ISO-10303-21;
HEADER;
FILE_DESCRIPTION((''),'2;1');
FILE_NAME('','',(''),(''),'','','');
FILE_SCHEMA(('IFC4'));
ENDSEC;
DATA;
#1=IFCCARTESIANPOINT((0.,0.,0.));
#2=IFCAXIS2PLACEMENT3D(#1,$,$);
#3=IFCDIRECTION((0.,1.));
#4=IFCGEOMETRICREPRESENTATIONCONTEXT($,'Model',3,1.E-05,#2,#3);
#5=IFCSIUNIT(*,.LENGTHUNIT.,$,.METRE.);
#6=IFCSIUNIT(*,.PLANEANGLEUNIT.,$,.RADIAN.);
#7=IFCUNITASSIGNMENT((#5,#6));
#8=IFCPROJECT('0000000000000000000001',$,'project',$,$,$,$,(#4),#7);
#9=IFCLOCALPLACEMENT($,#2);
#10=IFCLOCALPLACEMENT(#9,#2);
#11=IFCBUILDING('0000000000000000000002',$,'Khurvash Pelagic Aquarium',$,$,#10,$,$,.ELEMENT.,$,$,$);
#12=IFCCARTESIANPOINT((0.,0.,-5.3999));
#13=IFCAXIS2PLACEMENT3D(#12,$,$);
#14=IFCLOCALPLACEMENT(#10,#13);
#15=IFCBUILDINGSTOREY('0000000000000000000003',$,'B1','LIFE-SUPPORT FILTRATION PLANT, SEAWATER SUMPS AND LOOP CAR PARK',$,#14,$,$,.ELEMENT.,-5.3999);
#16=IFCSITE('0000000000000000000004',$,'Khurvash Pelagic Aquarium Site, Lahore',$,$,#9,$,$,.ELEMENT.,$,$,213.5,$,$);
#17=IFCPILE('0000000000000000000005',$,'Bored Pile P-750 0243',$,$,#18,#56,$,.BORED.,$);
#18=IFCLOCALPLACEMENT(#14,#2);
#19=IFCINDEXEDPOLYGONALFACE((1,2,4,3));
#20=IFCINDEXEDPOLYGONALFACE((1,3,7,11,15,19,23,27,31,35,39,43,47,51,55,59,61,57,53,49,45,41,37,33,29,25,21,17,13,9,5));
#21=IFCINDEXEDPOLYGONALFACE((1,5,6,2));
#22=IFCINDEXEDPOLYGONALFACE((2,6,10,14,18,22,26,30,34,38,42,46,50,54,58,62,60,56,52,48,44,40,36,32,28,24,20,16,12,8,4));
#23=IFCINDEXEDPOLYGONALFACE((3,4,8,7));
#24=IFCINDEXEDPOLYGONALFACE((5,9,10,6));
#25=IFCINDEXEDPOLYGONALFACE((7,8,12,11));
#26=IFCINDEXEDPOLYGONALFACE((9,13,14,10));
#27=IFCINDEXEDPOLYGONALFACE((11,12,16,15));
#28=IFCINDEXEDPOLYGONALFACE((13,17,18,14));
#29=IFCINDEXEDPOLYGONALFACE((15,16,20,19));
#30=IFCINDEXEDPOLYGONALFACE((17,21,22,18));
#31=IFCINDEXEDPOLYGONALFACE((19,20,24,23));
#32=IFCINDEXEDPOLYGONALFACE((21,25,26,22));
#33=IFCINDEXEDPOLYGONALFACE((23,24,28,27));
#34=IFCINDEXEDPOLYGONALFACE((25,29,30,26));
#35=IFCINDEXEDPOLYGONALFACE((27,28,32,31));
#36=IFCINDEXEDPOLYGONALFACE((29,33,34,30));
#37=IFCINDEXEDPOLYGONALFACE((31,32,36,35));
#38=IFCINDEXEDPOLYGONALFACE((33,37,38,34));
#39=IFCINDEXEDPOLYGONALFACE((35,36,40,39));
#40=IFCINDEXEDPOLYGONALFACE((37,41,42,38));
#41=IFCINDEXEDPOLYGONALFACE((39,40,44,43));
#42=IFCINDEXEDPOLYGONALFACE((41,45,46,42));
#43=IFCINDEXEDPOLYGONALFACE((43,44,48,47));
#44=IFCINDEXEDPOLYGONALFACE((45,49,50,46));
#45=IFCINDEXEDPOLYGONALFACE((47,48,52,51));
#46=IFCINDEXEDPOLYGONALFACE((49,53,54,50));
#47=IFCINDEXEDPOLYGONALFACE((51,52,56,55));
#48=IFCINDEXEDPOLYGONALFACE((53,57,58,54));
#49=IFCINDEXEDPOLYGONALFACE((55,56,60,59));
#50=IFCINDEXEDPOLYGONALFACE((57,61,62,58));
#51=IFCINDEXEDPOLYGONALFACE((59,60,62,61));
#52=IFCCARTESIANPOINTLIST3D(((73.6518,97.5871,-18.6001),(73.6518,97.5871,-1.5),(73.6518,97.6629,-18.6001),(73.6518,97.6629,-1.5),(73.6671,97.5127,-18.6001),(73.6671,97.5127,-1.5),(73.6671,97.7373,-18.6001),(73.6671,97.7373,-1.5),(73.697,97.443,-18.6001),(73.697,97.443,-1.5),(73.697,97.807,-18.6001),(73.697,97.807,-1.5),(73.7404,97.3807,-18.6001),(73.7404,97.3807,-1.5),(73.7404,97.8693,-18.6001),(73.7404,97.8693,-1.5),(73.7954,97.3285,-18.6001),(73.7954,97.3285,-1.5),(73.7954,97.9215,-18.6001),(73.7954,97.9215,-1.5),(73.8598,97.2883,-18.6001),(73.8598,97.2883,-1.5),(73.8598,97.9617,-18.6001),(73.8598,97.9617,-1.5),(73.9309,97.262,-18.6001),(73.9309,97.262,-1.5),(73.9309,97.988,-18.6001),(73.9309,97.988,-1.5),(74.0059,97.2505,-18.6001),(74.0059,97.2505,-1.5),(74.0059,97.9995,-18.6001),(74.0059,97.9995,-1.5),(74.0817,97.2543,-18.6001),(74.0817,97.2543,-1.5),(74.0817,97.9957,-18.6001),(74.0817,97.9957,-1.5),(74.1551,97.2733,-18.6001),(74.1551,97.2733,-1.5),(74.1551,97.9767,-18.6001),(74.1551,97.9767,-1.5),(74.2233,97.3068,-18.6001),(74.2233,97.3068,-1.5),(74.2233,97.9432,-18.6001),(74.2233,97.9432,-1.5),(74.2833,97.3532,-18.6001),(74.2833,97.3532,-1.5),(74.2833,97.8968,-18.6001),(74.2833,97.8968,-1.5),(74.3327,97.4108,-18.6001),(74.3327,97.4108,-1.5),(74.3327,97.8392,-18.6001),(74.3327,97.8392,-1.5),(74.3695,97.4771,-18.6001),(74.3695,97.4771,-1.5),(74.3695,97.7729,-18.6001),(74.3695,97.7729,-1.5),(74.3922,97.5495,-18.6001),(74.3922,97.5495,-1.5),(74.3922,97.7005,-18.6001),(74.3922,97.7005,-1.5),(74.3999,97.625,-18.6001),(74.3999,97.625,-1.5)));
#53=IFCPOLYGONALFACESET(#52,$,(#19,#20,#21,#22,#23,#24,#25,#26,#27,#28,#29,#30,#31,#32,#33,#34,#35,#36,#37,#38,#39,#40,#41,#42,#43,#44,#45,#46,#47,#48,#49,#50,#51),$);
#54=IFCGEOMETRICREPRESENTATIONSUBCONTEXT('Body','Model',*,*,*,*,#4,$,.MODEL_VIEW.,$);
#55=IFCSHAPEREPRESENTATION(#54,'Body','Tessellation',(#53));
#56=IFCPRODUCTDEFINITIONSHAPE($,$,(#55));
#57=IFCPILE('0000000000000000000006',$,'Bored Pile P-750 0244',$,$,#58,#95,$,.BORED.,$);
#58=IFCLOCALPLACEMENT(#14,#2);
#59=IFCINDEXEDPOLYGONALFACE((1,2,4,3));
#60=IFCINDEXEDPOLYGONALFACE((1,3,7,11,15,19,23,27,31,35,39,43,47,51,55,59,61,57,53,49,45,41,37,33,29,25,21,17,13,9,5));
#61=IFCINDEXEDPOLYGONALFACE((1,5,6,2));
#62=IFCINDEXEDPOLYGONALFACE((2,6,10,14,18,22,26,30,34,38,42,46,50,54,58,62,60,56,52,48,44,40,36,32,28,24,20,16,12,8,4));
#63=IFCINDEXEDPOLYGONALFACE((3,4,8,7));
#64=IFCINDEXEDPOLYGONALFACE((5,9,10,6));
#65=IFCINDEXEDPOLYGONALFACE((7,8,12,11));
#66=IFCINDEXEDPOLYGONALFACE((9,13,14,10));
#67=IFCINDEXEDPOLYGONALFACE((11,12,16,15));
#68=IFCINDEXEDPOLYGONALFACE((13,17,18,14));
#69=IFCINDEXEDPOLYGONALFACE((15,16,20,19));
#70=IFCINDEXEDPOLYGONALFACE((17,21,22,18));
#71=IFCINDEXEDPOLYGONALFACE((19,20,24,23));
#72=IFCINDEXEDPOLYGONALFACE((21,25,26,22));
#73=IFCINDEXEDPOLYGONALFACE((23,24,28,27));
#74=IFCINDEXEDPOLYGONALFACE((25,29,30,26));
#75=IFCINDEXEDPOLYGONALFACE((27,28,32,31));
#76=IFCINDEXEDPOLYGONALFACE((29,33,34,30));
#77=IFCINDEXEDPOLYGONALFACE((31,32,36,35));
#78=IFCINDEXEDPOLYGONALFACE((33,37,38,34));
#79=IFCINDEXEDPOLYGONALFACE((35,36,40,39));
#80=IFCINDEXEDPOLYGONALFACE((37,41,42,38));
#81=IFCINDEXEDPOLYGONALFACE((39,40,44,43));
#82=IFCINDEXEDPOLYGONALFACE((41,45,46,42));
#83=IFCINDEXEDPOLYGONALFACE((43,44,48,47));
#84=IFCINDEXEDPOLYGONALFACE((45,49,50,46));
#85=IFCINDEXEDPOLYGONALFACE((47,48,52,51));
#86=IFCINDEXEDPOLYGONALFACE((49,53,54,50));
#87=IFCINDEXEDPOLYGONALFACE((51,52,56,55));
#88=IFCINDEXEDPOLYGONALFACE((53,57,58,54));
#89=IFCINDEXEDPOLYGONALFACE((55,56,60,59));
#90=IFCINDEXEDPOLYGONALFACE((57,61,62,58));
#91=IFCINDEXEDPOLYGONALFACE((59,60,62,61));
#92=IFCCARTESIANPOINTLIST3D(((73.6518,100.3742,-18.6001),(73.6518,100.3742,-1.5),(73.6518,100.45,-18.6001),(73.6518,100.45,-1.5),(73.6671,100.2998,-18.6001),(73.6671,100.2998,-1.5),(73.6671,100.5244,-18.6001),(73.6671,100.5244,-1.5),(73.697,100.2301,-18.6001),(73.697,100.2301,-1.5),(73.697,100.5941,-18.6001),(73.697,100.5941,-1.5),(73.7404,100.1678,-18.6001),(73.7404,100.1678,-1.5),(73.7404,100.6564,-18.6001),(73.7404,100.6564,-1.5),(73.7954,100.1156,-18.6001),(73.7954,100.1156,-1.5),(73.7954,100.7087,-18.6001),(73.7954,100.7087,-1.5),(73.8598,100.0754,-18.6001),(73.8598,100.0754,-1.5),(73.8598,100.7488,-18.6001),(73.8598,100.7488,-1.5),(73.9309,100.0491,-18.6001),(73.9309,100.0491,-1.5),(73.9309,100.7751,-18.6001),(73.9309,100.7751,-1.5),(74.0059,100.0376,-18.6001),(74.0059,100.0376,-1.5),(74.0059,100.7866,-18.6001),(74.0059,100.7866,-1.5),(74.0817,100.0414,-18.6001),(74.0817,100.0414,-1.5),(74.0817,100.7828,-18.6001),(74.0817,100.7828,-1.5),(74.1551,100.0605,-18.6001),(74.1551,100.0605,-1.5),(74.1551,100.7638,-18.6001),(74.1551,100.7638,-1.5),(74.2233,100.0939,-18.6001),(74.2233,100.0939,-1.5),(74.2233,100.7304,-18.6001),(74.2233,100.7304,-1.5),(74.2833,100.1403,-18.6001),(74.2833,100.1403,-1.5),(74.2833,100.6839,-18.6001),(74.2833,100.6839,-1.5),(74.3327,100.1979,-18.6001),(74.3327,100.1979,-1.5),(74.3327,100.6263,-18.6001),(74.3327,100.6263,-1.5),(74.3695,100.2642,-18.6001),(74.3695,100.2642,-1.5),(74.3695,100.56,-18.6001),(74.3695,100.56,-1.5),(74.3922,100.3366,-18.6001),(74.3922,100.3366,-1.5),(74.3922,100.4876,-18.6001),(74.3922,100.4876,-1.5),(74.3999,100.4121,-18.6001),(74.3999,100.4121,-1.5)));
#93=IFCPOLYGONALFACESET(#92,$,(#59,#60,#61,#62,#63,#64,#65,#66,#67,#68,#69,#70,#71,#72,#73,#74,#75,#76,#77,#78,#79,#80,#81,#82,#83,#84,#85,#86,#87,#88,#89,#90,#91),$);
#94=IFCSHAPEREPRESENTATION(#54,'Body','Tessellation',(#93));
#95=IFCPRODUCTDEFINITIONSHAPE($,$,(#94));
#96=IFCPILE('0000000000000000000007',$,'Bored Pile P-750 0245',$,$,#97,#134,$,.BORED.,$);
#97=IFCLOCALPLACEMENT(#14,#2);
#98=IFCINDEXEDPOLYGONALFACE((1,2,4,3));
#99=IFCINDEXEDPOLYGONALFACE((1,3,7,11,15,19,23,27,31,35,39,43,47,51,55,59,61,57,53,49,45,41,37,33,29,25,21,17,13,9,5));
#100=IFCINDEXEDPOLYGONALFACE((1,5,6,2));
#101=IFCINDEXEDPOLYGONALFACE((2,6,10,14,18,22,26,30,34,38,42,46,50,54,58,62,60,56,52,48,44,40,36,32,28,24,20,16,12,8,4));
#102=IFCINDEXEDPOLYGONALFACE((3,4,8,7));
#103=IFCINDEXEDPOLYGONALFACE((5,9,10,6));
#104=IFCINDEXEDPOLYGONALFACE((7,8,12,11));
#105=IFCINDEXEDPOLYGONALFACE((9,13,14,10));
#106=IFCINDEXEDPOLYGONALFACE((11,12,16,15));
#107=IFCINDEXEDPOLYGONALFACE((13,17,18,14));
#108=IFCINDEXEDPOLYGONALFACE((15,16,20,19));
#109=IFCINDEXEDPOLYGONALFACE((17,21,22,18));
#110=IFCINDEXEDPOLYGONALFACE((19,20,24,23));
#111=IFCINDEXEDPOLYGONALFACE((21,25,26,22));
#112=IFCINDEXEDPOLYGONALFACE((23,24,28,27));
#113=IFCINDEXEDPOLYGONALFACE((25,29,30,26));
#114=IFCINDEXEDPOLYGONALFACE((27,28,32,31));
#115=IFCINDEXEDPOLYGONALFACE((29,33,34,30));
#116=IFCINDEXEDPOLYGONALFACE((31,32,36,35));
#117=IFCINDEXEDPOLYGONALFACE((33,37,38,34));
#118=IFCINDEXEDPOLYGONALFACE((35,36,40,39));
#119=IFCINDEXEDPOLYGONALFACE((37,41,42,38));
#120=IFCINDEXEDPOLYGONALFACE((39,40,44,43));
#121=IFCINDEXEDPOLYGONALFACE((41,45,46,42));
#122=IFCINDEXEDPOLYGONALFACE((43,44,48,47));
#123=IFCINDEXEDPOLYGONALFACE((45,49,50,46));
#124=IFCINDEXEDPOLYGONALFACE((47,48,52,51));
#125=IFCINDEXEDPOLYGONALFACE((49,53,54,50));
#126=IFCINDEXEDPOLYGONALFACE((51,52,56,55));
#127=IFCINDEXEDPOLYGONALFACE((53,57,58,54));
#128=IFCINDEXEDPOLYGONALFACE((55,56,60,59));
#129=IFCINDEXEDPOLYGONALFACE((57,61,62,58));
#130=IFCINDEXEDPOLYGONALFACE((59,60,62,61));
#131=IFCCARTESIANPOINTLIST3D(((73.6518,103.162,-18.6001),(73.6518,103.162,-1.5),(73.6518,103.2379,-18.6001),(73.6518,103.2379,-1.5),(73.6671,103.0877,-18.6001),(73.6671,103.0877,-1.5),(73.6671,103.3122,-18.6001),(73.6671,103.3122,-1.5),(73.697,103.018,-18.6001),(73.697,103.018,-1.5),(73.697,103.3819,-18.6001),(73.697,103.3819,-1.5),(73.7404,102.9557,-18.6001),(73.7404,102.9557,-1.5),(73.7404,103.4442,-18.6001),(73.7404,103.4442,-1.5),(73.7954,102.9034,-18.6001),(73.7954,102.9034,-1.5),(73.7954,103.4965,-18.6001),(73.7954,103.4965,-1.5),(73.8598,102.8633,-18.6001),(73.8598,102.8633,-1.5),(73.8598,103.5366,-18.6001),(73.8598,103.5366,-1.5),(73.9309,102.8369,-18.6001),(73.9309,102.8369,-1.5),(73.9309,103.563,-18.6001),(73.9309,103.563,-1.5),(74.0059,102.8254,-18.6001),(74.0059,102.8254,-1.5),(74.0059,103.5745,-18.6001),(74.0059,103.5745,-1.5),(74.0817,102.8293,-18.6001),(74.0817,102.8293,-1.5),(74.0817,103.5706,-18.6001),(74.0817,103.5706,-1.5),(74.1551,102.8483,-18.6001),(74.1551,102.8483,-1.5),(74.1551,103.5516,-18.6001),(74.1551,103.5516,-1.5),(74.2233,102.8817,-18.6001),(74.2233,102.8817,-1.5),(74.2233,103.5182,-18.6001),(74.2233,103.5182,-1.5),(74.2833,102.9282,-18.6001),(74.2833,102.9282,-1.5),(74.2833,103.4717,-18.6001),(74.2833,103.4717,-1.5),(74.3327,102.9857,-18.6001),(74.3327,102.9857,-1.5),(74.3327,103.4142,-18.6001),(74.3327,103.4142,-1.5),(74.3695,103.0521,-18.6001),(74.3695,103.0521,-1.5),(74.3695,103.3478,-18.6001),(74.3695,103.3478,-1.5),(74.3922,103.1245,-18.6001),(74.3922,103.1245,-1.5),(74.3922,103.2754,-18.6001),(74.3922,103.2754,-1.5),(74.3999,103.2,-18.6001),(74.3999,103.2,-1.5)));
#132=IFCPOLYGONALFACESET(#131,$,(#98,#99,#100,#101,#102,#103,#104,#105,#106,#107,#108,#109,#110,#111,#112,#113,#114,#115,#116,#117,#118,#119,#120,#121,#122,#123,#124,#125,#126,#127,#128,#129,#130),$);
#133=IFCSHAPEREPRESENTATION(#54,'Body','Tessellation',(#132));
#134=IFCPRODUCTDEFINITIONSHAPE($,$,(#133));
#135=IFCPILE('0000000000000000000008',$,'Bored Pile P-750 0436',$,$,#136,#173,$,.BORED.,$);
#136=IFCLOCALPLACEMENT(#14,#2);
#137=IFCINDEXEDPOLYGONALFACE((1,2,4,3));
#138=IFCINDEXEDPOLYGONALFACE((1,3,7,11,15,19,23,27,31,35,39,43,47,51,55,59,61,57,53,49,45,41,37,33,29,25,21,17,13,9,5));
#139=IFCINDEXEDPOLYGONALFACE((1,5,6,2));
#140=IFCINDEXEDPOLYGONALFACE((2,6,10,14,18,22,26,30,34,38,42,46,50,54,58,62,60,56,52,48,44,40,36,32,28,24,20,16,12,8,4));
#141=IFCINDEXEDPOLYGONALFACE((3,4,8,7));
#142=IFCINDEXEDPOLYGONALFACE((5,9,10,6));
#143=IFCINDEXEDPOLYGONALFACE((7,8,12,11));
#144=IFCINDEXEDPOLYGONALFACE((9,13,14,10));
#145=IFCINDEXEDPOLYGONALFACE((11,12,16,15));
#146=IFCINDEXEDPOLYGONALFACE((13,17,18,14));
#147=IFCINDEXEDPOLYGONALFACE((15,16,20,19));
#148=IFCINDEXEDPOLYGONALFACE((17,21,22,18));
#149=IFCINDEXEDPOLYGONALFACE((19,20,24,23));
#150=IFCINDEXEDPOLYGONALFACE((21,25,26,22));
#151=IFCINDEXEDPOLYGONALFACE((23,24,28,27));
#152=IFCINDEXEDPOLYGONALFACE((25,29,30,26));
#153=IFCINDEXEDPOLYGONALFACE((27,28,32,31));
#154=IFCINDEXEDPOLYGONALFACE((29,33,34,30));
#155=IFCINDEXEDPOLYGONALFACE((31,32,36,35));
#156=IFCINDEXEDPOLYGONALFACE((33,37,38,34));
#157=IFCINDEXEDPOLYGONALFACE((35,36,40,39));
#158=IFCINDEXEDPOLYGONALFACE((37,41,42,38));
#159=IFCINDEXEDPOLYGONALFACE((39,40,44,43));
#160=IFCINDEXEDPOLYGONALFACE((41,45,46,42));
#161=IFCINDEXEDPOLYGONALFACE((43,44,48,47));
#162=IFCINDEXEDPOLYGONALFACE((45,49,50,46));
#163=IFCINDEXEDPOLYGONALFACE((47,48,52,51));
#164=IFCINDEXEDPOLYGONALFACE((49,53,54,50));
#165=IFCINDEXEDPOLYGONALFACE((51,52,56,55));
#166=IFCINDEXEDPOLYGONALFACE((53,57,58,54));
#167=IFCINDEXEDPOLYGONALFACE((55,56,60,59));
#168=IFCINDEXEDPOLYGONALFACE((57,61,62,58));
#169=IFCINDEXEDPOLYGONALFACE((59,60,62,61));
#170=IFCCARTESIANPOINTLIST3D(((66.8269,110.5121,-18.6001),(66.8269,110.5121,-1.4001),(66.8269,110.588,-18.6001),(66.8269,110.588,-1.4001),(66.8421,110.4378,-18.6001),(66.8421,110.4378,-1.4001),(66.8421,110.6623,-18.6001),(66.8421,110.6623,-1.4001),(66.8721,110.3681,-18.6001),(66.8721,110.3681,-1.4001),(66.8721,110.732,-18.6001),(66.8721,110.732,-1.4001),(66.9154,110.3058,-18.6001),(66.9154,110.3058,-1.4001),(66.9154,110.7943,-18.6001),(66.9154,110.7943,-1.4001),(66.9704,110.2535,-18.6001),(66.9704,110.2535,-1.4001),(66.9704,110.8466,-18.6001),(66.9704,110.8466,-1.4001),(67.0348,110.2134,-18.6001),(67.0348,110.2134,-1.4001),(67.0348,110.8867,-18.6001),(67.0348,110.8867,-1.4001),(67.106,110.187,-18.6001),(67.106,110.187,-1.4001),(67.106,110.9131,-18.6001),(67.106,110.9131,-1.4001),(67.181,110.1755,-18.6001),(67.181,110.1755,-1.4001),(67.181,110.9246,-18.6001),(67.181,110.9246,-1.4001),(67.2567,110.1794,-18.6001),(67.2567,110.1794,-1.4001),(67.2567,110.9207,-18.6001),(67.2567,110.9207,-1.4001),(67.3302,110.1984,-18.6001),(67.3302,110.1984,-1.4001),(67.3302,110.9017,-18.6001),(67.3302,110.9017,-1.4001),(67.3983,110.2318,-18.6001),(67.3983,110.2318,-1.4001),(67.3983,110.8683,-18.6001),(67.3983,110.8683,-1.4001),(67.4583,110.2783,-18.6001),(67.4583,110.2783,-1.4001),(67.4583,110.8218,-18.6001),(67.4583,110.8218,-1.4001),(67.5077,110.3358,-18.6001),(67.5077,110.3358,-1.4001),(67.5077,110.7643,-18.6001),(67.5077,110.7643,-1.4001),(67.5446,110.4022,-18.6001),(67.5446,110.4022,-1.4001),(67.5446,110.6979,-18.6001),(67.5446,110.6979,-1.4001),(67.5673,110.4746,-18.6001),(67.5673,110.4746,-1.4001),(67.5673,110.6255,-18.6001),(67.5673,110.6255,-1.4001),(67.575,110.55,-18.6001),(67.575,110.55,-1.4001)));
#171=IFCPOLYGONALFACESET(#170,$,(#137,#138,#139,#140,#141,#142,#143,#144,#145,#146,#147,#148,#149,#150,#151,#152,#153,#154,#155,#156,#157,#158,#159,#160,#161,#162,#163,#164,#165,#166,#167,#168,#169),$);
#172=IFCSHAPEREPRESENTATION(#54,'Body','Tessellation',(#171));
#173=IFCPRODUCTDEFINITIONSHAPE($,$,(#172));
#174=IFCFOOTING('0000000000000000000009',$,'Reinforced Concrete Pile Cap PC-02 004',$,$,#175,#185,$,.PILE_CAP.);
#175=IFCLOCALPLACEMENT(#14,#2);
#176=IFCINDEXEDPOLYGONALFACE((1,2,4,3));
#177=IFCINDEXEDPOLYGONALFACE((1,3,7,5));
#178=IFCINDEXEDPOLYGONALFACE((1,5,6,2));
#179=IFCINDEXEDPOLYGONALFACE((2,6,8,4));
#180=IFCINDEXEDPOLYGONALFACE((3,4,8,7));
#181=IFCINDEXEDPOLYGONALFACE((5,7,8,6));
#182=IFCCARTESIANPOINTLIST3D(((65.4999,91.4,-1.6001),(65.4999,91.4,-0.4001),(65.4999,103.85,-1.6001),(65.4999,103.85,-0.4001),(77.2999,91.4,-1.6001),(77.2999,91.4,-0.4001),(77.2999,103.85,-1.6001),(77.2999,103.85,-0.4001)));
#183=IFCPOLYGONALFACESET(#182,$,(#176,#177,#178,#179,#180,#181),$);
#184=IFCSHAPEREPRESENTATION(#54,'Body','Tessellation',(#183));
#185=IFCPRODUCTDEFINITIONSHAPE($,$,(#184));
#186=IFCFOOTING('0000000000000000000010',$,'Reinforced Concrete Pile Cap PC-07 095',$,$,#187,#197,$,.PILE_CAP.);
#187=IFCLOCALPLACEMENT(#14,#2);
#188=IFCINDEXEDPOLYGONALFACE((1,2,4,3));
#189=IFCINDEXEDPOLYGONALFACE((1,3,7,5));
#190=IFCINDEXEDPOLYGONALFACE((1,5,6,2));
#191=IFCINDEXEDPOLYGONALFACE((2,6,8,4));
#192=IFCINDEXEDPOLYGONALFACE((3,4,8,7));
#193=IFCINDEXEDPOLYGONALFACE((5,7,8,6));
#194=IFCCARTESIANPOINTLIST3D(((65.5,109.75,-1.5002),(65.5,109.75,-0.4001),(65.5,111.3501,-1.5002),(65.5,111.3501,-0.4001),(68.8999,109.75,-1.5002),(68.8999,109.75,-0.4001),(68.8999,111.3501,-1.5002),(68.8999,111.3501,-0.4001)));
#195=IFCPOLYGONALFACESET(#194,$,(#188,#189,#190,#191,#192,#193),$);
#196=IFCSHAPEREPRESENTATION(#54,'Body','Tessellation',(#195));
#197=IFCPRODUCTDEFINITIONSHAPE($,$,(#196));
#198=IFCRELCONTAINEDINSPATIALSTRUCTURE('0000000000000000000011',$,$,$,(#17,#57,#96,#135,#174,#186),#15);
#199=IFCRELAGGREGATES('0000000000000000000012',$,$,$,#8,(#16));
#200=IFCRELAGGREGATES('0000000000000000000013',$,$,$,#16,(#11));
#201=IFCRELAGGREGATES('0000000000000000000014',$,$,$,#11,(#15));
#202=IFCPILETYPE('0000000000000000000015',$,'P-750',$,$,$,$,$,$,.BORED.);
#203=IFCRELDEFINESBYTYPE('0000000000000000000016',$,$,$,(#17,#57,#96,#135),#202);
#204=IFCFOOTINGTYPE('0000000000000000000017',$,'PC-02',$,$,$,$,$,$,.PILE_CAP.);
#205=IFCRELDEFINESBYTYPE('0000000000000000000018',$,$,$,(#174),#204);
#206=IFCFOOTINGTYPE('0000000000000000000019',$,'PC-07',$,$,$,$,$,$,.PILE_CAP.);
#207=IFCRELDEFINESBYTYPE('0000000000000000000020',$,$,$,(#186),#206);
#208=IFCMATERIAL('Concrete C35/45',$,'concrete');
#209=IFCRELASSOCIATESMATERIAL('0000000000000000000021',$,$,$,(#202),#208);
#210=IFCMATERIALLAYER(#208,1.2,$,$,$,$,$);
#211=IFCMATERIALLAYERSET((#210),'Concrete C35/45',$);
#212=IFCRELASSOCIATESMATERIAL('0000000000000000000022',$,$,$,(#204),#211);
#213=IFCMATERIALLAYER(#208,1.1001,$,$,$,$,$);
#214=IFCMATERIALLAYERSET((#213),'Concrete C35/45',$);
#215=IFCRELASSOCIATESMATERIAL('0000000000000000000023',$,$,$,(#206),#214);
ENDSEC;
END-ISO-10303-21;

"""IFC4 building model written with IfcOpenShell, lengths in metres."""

from ifc_helpers import new_model, si_unit, direction, frame, origin, origin_2d, place, context, subcontext, project, spatial, rectangle, circle, extrude, material, layer, layer_set, material_profile, profile_set, type_object, element, save


model = new_model("IFC4")

# Units and contexts
model_context = context("Model", 3, precision=1e-05, world=origin(), true_north=direction((0.0, 1.0)))
body_context = subcontext(model_context, "Body", "Model", "MODEL_VIEW")
ifc_project = project(units=[si_unit("LENGTHUNIT", "METRE"), si_unit("PLANEANGLEUNIT", "RADIAN")], contexts=[model_context])

# Site, building, storey
site_placement = place(None, origin())
site = spatial("IfcSite", under=ifc_project, at=site_placement, Name="Khurvash Pelagic Aquarium Site, Lahore", CompositionType="ELEMENT", RefElevation=213.5)
building_placement = place(site_placement, origin())
building = spatial("IfcBuilding", under=site, at=building_placement, Name="Khurvash Pelagic Aquarium", CompositionType="ELEMENT")
storey_placement = place(building_placement, frame((0.0, 0.0, -5.3999)))
storey = spatial("IfcBuildingStorey", under=building, at=storey_placement, Name="B1", Description="LIFE-SUPPORT FILTRATION PLANT, SEAWATER SUMPS AND LOOP CAR PARK", CompositionType="ELEMENT", Elevation=-5.3999)

# Shared definitions
ifc_material_1 = material(Name="Concrete C35/45", Category="concrete")

# Piles
ifc_material_profile_1 = material_profile(ifc_material_1, circle(Radius=0.375, at=origin_2d()), Name="PILE750")
ifc_profile_set_1 = profile_set([ifc_material_profile_1], Name="Concrete C35/45")
pile_type = type_object("IfcPileType", Name="P-750", PredefinedType="BORED", material=ifc_profile_set_1)
for number, where, z_axis, x_axis, name in (
    (1, (74.0249, 97.625, -1.5), (0.0, 0.0, -1.0), (1.0, 0.0, 0.0), "Bored Pile P-750 0243"),
    (2, (74.0249, 100.4121, -1.5), (0.0, 0.0, -1.0), (1.0, 0.0, 0.0), "Bored Pile P-750 0244"),
    (3, (74.0249, 103.2, -1.5), (0.0, 0.0, -1.0), (1.0, 0.0, 0.0), "Bored Pile P-750 0245"),
):
    element("IfcPile", number, at=place(storey_placement, frame(where, z_axis=z_axis, x_axis=x_axis)), inside=storey, type_object=pile_type, Name=name, PredefinedType="BORED", context=body_context, shape_type="SweptSolid", body=[
        extrude(circle(Radius=0.375, at=origin_2d()), origin(), (0.0, 0.0, 1.0), 17.1001),
    ])
pile_placement = place(storey_placement, frame((67.2, 110.55, -1.4001), z_axis=(0.0, 0.0, -1.0), x_axis=(1.0, 0.0, 0.0)))
element("IfcPile", 4, at=pile_placement, inside=storey, type_object=pile_type, Name="Bored Pile P-750 0436", PredefinedType="BORED", context=body_context, shape_type="SweptSolid", body=[
    extrude(circle(Radius=0.375, at=origin_2d()), origin(), (0.0, 0.0, 1.0), 17.2),
])

# Footings
ifc_layer_1 = layer(ifc_material_1, 1.2)
ifc_layer_set_1 = layer_set([ifc_layer_1], Name="Concrete C35/45")
footing_type_1 = type_object("IfcFootingType", Name="PC-02", PredefinedType="PILE_CAP", material=ifc_layer_set_1)
footing_1_placement = place(storey_placement, frame((71.3999, 97.625, -1.6001), z_axis=(0.0, 0.0, 1.0), x_axis=(1.0, 0.0, 0.0)))
element("IfcFooting", 5, at=footing_1_placement, inside=storey, type_object=footing_type_1, Name="Reinforced Concrete Pile Cap PC-02 004", PredefinedType="PILE_CAP", context=body_context, shape_type="SweptSolid", body=[
    extrude(rectangle(XDim=11.8, YDim=12.45, at=origin_2d()), origin(), (0.0, 0.0, 1.0), 1.2),
])
ifc_layer_2 = layer(ifc_material_1, 1.1001)
ifc_layer_set_2 = layer_set([ifc_layer_2], Name="Concrete C35/45")
footing_type_2 = type_object("IfcFootingType", Name="PC-07", PredefinedType="PILE_CAP", material=ifc_layer_set_2)
footing_2_placement = place(storey_placement, frame((67.2, 110.55, -1.5002), z_axis=(0.0, 0.0, 1.0), x_axis=(1.0, 0.0, 0.0)))
element("IfcFooting", 6, at=footing_2_placement, inside=storey, type_object=footing_type_2, Name="Reinforced Concrete Pile Cap PC-07 095", PredefinedType="PILE_CAP", context=body_context, shape_type="SweptSolid", body=[
    extrude(rectangle(XDim=3.3999, YDim=1.6001, at=origin_2d()), origin(), (0.0, 0.0, 1.0), 1.1001),
])

save(model, "model.ifc")
